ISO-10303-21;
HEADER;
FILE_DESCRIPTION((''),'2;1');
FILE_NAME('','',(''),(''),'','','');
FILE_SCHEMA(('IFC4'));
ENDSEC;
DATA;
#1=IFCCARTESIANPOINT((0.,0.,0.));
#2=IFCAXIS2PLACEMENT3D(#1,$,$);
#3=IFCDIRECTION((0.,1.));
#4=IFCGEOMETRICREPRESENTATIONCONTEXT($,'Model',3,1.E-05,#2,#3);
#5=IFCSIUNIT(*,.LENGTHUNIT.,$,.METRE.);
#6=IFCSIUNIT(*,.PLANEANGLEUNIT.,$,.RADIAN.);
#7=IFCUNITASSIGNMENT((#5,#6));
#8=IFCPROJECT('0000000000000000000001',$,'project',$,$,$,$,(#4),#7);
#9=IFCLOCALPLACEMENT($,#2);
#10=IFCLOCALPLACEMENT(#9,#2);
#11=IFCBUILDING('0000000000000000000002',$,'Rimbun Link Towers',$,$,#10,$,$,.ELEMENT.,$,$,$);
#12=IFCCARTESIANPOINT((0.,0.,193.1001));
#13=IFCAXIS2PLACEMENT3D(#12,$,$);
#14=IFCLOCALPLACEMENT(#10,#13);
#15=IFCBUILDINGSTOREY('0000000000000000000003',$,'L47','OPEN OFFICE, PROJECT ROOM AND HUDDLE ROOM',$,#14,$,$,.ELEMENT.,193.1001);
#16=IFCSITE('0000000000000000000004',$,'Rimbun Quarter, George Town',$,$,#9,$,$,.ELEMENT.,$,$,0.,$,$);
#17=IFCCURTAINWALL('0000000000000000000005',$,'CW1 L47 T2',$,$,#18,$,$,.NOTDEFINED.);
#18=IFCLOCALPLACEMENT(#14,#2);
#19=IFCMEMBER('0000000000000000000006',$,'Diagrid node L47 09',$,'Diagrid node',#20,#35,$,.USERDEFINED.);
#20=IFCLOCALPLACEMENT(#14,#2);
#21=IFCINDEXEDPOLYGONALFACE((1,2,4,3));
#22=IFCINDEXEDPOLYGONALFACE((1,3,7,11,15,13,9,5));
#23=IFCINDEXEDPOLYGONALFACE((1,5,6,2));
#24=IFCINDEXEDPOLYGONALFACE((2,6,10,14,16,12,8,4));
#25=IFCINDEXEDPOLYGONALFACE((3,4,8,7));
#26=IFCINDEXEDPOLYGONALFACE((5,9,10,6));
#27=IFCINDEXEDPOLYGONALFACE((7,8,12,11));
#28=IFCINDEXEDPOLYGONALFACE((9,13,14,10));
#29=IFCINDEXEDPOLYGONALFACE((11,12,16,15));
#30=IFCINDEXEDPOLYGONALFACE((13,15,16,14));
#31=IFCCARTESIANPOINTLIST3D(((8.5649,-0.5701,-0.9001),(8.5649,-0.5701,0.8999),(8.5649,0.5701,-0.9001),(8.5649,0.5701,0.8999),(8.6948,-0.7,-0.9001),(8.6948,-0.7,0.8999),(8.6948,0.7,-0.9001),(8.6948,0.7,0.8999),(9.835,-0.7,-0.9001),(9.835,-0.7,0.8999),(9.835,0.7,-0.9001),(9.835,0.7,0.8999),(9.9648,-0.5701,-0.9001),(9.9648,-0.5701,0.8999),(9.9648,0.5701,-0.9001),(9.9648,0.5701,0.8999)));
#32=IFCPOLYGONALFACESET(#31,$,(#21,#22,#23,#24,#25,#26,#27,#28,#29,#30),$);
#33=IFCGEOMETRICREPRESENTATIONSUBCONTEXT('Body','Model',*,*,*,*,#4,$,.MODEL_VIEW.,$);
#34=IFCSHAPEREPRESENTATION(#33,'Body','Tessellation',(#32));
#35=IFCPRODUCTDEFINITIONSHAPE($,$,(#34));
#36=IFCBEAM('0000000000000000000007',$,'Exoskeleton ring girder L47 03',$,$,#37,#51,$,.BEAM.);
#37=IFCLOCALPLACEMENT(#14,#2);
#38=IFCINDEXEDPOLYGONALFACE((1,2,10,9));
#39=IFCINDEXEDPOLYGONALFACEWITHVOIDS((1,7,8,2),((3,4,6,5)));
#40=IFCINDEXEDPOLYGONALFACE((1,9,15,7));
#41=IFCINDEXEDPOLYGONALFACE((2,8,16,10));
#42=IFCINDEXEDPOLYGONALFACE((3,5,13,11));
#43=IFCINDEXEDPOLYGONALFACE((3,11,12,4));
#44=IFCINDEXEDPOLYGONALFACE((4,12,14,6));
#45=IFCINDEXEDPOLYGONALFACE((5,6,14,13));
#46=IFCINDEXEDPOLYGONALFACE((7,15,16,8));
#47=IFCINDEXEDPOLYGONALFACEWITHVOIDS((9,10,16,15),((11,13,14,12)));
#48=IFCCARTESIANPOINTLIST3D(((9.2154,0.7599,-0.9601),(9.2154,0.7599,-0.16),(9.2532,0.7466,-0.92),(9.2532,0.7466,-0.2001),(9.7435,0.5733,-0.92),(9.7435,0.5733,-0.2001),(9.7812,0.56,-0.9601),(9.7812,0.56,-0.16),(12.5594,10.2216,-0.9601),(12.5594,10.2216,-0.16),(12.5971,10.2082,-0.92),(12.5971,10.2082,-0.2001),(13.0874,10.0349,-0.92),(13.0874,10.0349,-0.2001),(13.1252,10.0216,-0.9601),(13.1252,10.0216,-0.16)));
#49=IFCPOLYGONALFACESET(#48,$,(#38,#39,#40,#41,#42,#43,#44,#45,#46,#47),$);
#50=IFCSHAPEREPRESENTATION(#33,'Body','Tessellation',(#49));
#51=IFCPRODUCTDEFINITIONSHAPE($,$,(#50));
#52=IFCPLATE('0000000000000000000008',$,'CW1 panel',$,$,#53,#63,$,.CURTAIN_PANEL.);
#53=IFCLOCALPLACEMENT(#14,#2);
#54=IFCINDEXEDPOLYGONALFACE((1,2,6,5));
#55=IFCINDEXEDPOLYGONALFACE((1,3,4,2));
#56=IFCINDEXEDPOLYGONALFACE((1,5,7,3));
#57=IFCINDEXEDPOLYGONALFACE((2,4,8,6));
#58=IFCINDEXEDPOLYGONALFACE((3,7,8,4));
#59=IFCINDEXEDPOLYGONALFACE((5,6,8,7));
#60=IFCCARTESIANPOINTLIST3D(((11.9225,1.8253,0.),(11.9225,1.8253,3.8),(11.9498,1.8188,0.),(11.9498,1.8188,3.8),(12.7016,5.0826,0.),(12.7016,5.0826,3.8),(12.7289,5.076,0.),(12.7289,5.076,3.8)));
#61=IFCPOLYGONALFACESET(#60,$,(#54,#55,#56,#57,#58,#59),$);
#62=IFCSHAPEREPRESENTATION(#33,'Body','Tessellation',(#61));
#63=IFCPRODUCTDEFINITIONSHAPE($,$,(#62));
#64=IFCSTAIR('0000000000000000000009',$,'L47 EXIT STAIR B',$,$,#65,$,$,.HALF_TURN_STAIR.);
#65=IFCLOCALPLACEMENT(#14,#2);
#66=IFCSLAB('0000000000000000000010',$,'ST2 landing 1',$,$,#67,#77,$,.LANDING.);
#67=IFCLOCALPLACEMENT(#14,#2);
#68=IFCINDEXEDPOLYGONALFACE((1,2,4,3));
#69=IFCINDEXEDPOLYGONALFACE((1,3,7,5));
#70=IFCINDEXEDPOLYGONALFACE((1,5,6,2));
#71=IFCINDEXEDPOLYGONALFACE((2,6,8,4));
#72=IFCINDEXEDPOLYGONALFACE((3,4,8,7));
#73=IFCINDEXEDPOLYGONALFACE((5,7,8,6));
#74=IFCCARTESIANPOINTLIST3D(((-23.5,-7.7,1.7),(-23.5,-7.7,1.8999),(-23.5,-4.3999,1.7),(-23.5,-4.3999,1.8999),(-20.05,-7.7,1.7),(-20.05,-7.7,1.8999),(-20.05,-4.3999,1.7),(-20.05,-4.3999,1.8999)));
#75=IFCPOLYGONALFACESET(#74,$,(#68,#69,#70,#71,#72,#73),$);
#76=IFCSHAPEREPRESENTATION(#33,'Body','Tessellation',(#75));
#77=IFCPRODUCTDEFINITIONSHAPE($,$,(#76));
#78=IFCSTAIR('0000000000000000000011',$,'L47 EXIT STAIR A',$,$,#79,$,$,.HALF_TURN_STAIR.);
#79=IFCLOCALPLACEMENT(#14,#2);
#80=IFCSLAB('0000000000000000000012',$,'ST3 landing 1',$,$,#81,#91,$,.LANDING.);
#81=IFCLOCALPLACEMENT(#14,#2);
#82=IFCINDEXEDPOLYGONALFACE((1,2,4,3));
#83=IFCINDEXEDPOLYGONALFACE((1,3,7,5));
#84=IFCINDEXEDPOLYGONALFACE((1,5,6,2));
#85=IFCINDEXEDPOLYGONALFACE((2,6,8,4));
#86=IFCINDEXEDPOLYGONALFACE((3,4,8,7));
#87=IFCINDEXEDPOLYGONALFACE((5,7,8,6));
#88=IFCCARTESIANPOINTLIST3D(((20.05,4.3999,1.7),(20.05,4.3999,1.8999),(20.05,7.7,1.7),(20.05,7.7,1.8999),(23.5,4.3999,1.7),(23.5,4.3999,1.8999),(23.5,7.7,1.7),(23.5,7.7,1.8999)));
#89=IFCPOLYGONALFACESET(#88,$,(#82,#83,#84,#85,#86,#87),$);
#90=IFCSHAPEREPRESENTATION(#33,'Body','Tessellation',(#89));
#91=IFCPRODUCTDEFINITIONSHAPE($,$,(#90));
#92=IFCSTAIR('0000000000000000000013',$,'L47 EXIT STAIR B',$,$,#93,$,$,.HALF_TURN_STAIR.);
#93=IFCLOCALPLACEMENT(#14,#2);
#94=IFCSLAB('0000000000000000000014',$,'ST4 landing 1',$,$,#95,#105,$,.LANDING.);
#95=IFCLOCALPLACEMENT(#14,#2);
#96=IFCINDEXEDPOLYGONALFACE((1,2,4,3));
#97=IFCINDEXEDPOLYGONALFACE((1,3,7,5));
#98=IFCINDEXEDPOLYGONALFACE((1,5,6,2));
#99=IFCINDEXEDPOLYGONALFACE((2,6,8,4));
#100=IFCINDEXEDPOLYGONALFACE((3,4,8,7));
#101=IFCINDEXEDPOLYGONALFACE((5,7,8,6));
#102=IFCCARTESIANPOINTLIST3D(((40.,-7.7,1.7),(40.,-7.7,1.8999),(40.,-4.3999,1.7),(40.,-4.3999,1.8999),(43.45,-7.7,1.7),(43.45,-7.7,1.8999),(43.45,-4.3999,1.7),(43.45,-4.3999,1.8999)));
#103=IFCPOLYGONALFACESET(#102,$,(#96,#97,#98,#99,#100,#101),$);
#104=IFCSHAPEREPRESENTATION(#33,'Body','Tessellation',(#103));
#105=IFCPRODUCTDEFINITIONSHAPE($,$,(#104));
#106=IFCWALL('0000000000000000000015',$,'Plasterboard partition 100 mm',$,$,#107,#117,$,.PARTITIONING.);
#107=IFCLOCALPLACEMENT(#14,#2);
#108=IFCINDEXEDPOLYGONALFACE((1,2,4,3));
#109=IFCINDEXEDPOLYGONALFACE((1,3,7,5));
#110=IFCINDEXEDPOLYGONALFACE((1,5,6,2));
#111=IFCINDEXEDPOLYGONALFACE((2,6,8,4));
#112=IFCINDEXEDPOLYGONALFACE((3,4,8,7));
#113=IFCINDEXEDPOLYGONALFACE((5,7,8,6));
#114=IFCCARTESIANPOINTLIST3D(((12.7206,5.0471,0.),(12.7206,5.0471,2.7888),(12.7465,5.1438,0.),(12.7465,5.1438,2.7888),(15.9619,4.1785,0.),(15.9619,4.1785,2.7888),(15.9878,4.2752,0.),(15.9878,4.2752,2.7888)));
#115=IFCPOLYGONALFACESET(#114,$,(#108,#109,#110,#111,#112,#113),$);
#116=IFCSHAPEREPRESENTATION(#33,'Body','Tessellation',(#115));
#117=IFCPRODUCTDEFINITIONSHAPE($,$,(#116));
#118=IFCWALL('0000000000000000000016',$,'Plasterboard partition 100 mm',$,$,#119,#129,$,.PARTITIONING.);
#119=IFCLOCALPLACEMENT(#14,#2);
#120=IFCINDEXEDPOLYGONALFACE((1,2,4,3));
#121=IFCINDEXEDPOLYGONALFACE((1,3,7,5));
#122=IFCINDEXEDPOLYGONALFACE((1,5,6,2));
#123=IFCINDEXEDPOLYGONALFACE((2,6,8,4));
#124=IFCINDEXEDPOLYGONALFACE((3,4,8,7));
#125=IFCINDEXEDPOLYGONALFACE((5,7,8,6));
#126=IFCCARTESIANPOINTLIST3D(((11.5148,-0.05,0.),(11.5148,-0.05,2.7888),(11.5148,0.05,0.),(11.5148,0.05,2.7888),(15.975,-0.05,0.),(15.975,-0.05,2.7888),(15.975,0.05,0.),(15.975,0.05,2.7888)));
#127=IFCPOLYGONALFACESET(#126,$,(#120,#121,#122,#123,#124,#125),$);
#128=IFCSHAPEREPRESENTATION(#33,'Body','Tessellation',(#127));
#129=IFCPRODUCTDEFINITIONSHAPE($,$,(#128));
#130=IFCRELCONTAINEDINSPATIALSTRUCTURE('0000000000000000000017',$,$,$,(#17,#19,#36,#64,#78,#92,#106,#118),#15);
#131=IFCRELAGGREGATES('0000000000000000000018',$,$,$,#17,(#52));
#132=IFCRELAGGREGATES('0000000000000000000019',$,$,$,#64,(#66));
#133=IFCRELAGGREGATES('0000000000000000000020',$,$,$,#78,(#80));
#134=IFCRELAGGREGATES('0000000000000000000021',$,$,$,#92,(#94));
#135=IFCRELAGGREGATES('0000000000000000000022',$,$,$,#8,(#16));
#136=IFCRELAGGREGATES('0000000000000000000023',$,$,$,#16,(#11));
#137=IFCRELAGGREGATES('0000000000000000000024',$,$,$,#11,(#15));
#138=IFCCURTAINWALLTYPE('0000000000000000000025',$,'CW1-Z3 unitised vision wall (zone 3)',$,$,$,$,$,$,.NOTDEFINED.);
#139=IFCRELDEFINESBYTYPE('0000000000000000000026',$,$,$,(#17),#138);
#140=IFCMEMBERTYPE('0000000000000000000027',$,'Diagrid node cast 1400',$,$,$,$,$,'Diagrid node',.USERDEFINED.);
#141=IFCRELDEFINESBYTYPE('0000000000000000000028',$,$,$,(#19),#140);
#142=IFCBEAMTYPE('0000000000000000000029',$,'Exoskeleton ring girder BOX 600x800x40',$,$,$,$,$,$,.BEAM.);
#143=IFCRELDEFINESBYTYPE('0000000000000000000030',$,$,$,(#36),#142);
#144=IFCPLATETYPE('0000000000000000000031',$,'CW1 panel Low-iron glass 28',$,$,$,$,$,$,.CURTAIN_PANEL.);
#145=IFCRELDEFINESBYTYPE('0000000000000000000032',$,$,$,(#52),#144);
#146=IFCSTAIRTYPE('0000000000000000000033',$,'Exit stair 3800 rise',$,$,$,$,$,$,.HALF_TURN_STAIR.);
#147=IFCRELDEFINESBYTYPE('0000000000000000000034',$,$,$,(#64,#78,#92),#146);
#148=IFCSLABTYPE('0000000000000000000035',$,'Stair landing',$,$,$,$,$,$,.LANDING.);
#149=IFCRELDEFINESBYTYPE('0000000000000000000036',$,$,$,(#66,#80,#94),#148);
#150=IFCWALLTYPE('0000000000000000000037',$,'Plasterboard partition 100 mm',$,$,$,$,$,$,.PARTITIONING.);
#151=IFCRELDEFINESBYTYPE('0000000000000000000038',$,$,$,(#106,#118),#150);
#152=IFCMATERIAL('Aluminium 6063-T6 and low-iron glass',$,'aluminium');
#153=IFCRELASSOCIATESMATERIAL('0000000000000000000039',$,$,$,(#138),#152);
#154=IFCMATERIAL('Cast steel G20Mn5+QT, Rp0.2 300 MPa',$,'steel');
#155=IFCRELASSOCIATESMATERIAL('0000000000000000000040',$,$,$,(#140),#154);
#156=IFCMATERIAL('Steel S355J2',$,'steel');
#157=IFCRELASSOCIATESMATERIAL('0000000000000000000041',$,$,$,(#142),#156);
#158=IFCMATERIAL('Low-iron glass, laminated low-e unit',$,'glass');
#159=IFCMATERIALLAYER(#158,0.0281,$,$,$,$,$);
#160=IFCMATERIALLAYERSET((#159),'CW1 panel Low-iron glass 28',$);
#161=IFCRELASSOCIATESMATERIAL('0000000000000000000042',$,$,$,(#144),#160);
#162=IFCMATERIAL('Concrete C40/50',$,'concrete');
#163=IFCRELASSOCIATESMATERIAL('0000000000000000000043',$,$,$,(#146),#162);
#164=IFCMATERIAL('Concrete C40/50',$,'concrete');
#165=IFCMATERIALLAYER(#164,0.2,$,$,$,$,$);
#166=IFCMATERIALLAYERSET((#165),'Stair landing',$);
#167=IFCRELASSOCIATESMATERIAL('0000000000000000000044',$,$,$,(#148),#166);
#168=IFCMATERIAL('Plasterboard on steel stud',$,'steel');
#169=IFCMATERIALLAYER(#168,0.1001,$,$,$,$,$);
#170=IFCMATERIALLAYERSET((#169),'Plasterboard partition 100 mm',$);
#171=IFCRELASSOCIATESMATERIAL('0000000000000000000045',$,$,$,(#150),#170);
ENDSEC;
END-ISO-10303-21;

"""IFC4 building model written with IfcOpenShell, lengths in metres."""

from ifc_helpers import new_model, si_unit, direction, frame, frame_2d, origin, origin_2d, place, context, subcontext, project, spatial, polyline, rectangle, hollow_rectangle, outline, extrude, material, layer, layer_set, material_profile, profile_set, type_object, element, aggregate, save


model = new_model("IFC4")

# Units and contexts
model_context = context("Model", 3, precision=1e-05, world=origin(), true_north=direction((0.0, 1.0)))
body_context = subcontext(model_context, "Body", "Model", "MODEL_VIEW")
ifc_project = project(units=[si_unit("LENGTHUNIT", "METRE"), si_unit("PLANEANGLEUNIT", "RADIAN")], contexts=[model_context])

# Site, building, storey
site_placement = place(None, origin())
site = spatial("IfcSite", under=ifc_project, at=site_placement, Name="Rimbun Quarter, George Town", CompositionType="ELEMENT", RefElevation=0.0)
building_placement = place(site_placement, origin())
building = spatial("IfcBuilding", under=site, at=building_placement, Name="Rimbun Link Towers", CompositionType="ELEMENT")
storey_placement = place(building_placement, frame((0.0, 0.0, 193.1001)))
storey = spatial("IfcBuildingStorey", under=building, at=storey_placement, Name="L47", Description="OPEN OFFICE, PROJECT ROOM AND HUDDLE ROOM", CompositionType="ELEMENT", Elevation=193.1001)

# Curtain wall
ifc_material_1 = material(Name="Aluminium 6063-T6 and low-iron glass", Category="aluminium")
curtain_wall_type = type_object("IfcCurtainWallType", Name="CW1-Z3 unitised vision wall (zone 3)", PredefinedType="NOTDEFINED", material=ifc_material_1)
curtain_wall_placement = place(storey_placement, origin())
curtain_wall = element("IfcCurtainWall", 1, at=curtain_wall_placement, inside=storey, type_object=curtain_wall_type, Name="CW1 L47 T2", PredefinedType="NOTDEFINED")

# Member
ifc_material_2 = material(Name="Cast steel G20Mn5+QT, Rp0.2 300 MPa", Category="steel")
ifc_material_profile_1 = material_profile(ifc_material_2, outline(polyline([(0.7, -0.5701), (0.7, 0.5701), (0.5701, 0.7), (-0.5701, 0.7), (-0.7, 0.5701), (-0.7, -0.5701), (-0.5701, -0.7), (0.5701, -0.7), (0.7, -0.5701)])), Name="NODE 1400x1400")
ifc_profile_set_1 = profile_set([ifc_material_profile_1], Name="Cast steel G20Mn5+QT, Rp0.2 300 MPa")
member_type_1 = type_object("IfcMemberType", Name="Diagrid node cast 1400", ElementType="Diagrid node", PredefinedType="USERDEFINED", material=ifc_profile_set_1)
member_1_placement = place(storey_placement, frame((9.2649, 0.0, -0.9001), z_axis=(0.0, 0.0, 1.0), x_axis=(-1.0, 0.0, 0.0)))
element("IfcMember", 2, at=member_1_placement, inside=storey, type_object=member_type_1, Name="Diagrid node L47 09", ObjectType="Diagrid node", PredefinedType="USERDEFINED", context=body_context, shape_type="SweptSolid", body=[
    extrude(outline(polyline([(0.7, -0.5701), (0.7, 0.5701), (0.5701, 0.7), (-0.5701, 0.7), (-0.7, 0.5701), (-0.7, -0.5701), (-0.5701, -0.7), (0.5701, -0.7), (0.7, -0.5701)])), origin(), (0.0, 0.0, 1.0), 1.8),
])

# Beam
ifc_material_3 = material(Name="Steel S355J2", Category="steel")
ifc_material_profile_2 = material_profile(ifc_material_3, hollow_rectangle(XDim=0.6001, YDim=0.8, WallThickness=0.04, at=origin_2d()), Name="Exoskeleton ring girder BOX 600x800x40")
ifc_profile_set_2 = profile_set([ifc_material_profile_2], Name="Steel S355J2")
beam_type = type_object("IfcBeamType", Name="Exoskeleton ring girder BOX 600x800x40", PredefinedType="BEAM", material=ifc_profile_set_2)
beam_placement = place(storey_placement, frame((12.8423, 10.1216, -0.5601), z_axis=(-0.333226, -0.942847, 0.0), x_axis=(0.942847, -0.333226, 0.0)))
element("IfcBeam", 3, at=beam_placement, inside=storey, type_object=beam_type, Name="Exoskeleton ring girder L47 03", PredefinedType="BEAM", context=body_context, shape_type="SweptSolid", body=[
    extrude(hollow_rectangle(XDim=0.6001, YDim=0.8, WallThickness=0.04, at=origin_2d()), origin(), (0.0, 0.0, 1.0), 10.0352),
])

# Plate
ifc_material_4 = material(Name="Low-iron glass, laminated low-e unit", Category="glass")
ifc_layer_1 = layer(ifc_material_4, 0.0281)
ifc_layer_set_1 = layer_set([ifc_layer_1], Name="CW1 panel Low-iron glass 28")
plate_type = type_object("IfcPlateType", Name="CW1 panel Low-iron glass 28", PredefinedType="CURTAIN_PANEL", material=ifc_layer_set_1)
plate_placement = place(storey_placement, frame((12.3257, 3.4507, 0.0), z_axis=(0.0, 0.0, 1.0), x_axis=(0.232616, 0.972569, 0.0)))
plate = element("IfcPlate", 4, at=plate_placement, type_object=plate_type, Name="CW1 panel", PredefinedType="CURTAIN_PANEL", context=body_context, shape_type="SweptSolid", body=[
    extrude(rectangle(XDim=3.3491, YDim=0.0281, at=origin_2d()), origin(), (0.0, 0.0, 1.0), 3.8),
])
aggregate(curtain_wall, [plate])

# Stairs, slabs
ifc_material_5 = material(Name="Concrete C40/50", Category="concrete")
stair_type = type_object("IfcStairType", Name="Exit stair 3800 rise", PredefinedType="HALF_TURN_STAIR", material=ifc_material_5)
stair_1_placement = place(storey_placement, origin())
stair_1 = element("IfcStair", 5, at=stair_1_placement, inside=storey, type_object=stair_type, Name="L47 EXIT STAIR B", PredefinedType="HALF_TURN_STAIR")
ifc_material_6 = material(Name="Concrete C40/50", Category="concrete")
ifc_layer_2 = layer(ifc_material_6, 0.2)
ifc_layer_set_2 = layer_set([ifc_layer_2], Name="Stair landing")
slab_type = type_object("IfcSlabType", Name="Stair landing", PredefinedType="LANDING", material=ifc_layer_set_2)
slab_1_placement = place(storey_placement, frame((0.0, 0.0, 1.7)))
slab_1 = element("IfcSlab", 6, at=slab_1_placement, type_object=slab_type, Name="ST2 landing 1", PredefinedType="LANDING", context=body_context, shape_type="SweptSolid", body=[
    extrude(outline(polyline([(-23.5, -7.7), (-20.05, -7.7), (-20.05, -4.3999), (-23.5, -4.3999), (-23.5, -7.7)])), origin(), (0.0, 0.0, 1.0), 0.2),
])
aggregate(stair_1, [slab_1])
stair_2_placement = place(storey_placement, origin())
stair_2 = element("IfcStair", 7, at=stair_2_placement, inside=storey, type_object=stair_type, Name="L47 EXIT STAIR A", PredefinedType="HALF_TURN_STAIR")
slab_2_placement = place(storey_placement, frame((0.0, 0.0, 1.7)))
slab_2 = element("IfcSlab", 8, at=slab_2_placement, type_object=slab_type, Name="ST3 landing 1", PredefinedType="LANDING", context=body_context, shape_type="SweptSolid", body=[
    extrude(outline(polyline([(23.5, 7.7), (20.05, 7.7), (20.05, 4.3999), (23.5, 4.3999), (23.5, 7.7)])), origin(), (0.0, 0.0, 1.0), 0.2),
])
aggregate(stair_2, [slab_2])
stair_3_placement = place(storey_placement, origin())
stair_3 = element("IfcStair", 9, at=stair_3_placement, inside=storey, type_object=stair_type, Name="L47 EXIT STAIR B", PredefinedType="HALF_TURN_STAIR")
slab_3_placement = place(storey_placement, frame((0.0, 0.0, 1.7)))
slab_3 = element("IfcSlab", 10, at=slab_3_placement, type_object=slab_type, Name="ST4 landing 1", PredefinedType="LANDING", context=body_context, shape_type="SweptSolid", body=[
    extrude(outline(polyline([(40.0, -7.7), (43.45, -7.7), (43.45, -4.3999), (40.0, -4.3999), (40.0, -7.7)])), origin(), (0.0, 0.0, 1.0), 0.2),
])
aggregate(stair_3, [slab_3])

# Walls
ifc_material_7 = material(Name="Plasterboard on steel stud", Category="steel")
ifc_layer_3 = layer(ifc_material_7, 0.1001)
ifc_layer_set_3 = layer_set([ifc_layer_3], Name="Plasterboard partition 100 mm")
wall_type = type_object("IfcWallType", Name="Plasterboard partition 100 mm", PredefinedType="PARTITIONING", material=ifc_layer_set_3)
wall_1_placement = place(storey_placement, frame((12.7336, 5.0955, 0.0), z_axis=(0.0, 0.0, 1.0), x_axis=(0.965918, -0.258849, 0.0)))
element("IfcWall", 11, at=wall_1_placement, inside=storey, type_object=wall_type, Name="Plasterboard partition 100 mm", PredefinedType="PARTITIONING", context=body_context, shape_type="SweptSolid", body=[
    extrude(rectangle(XDim=3.3557, YDim=0.1001, at=frame_2d((1.6777, 0.0))), origin(), (0.0, 0.0, 1.0), 2.7888),
])
wall_2_placement = place(storey_placement, frame((11.5149, 0.0, 0.0), z_axis=(0.0, 0.0, 1.0), x_axis=(1.0, 0.0, 0.0)))
element("IfcWall", 12, at=wall_2_placement, inside=storey, type_object=wall_type, Name="Plasterboard partition 100 mm", PredefinedType="PARTITIONING", context=body_context, shape_type="SweptSolid", body=[
    extrude(rectangle(XDim=4.4602, YDim=0.1001, at=frame_2d((2.23, 0.0))), origin(), (0.0, 0.0, 1.0), 2.7888),
])

save(model, "model.ifc")
